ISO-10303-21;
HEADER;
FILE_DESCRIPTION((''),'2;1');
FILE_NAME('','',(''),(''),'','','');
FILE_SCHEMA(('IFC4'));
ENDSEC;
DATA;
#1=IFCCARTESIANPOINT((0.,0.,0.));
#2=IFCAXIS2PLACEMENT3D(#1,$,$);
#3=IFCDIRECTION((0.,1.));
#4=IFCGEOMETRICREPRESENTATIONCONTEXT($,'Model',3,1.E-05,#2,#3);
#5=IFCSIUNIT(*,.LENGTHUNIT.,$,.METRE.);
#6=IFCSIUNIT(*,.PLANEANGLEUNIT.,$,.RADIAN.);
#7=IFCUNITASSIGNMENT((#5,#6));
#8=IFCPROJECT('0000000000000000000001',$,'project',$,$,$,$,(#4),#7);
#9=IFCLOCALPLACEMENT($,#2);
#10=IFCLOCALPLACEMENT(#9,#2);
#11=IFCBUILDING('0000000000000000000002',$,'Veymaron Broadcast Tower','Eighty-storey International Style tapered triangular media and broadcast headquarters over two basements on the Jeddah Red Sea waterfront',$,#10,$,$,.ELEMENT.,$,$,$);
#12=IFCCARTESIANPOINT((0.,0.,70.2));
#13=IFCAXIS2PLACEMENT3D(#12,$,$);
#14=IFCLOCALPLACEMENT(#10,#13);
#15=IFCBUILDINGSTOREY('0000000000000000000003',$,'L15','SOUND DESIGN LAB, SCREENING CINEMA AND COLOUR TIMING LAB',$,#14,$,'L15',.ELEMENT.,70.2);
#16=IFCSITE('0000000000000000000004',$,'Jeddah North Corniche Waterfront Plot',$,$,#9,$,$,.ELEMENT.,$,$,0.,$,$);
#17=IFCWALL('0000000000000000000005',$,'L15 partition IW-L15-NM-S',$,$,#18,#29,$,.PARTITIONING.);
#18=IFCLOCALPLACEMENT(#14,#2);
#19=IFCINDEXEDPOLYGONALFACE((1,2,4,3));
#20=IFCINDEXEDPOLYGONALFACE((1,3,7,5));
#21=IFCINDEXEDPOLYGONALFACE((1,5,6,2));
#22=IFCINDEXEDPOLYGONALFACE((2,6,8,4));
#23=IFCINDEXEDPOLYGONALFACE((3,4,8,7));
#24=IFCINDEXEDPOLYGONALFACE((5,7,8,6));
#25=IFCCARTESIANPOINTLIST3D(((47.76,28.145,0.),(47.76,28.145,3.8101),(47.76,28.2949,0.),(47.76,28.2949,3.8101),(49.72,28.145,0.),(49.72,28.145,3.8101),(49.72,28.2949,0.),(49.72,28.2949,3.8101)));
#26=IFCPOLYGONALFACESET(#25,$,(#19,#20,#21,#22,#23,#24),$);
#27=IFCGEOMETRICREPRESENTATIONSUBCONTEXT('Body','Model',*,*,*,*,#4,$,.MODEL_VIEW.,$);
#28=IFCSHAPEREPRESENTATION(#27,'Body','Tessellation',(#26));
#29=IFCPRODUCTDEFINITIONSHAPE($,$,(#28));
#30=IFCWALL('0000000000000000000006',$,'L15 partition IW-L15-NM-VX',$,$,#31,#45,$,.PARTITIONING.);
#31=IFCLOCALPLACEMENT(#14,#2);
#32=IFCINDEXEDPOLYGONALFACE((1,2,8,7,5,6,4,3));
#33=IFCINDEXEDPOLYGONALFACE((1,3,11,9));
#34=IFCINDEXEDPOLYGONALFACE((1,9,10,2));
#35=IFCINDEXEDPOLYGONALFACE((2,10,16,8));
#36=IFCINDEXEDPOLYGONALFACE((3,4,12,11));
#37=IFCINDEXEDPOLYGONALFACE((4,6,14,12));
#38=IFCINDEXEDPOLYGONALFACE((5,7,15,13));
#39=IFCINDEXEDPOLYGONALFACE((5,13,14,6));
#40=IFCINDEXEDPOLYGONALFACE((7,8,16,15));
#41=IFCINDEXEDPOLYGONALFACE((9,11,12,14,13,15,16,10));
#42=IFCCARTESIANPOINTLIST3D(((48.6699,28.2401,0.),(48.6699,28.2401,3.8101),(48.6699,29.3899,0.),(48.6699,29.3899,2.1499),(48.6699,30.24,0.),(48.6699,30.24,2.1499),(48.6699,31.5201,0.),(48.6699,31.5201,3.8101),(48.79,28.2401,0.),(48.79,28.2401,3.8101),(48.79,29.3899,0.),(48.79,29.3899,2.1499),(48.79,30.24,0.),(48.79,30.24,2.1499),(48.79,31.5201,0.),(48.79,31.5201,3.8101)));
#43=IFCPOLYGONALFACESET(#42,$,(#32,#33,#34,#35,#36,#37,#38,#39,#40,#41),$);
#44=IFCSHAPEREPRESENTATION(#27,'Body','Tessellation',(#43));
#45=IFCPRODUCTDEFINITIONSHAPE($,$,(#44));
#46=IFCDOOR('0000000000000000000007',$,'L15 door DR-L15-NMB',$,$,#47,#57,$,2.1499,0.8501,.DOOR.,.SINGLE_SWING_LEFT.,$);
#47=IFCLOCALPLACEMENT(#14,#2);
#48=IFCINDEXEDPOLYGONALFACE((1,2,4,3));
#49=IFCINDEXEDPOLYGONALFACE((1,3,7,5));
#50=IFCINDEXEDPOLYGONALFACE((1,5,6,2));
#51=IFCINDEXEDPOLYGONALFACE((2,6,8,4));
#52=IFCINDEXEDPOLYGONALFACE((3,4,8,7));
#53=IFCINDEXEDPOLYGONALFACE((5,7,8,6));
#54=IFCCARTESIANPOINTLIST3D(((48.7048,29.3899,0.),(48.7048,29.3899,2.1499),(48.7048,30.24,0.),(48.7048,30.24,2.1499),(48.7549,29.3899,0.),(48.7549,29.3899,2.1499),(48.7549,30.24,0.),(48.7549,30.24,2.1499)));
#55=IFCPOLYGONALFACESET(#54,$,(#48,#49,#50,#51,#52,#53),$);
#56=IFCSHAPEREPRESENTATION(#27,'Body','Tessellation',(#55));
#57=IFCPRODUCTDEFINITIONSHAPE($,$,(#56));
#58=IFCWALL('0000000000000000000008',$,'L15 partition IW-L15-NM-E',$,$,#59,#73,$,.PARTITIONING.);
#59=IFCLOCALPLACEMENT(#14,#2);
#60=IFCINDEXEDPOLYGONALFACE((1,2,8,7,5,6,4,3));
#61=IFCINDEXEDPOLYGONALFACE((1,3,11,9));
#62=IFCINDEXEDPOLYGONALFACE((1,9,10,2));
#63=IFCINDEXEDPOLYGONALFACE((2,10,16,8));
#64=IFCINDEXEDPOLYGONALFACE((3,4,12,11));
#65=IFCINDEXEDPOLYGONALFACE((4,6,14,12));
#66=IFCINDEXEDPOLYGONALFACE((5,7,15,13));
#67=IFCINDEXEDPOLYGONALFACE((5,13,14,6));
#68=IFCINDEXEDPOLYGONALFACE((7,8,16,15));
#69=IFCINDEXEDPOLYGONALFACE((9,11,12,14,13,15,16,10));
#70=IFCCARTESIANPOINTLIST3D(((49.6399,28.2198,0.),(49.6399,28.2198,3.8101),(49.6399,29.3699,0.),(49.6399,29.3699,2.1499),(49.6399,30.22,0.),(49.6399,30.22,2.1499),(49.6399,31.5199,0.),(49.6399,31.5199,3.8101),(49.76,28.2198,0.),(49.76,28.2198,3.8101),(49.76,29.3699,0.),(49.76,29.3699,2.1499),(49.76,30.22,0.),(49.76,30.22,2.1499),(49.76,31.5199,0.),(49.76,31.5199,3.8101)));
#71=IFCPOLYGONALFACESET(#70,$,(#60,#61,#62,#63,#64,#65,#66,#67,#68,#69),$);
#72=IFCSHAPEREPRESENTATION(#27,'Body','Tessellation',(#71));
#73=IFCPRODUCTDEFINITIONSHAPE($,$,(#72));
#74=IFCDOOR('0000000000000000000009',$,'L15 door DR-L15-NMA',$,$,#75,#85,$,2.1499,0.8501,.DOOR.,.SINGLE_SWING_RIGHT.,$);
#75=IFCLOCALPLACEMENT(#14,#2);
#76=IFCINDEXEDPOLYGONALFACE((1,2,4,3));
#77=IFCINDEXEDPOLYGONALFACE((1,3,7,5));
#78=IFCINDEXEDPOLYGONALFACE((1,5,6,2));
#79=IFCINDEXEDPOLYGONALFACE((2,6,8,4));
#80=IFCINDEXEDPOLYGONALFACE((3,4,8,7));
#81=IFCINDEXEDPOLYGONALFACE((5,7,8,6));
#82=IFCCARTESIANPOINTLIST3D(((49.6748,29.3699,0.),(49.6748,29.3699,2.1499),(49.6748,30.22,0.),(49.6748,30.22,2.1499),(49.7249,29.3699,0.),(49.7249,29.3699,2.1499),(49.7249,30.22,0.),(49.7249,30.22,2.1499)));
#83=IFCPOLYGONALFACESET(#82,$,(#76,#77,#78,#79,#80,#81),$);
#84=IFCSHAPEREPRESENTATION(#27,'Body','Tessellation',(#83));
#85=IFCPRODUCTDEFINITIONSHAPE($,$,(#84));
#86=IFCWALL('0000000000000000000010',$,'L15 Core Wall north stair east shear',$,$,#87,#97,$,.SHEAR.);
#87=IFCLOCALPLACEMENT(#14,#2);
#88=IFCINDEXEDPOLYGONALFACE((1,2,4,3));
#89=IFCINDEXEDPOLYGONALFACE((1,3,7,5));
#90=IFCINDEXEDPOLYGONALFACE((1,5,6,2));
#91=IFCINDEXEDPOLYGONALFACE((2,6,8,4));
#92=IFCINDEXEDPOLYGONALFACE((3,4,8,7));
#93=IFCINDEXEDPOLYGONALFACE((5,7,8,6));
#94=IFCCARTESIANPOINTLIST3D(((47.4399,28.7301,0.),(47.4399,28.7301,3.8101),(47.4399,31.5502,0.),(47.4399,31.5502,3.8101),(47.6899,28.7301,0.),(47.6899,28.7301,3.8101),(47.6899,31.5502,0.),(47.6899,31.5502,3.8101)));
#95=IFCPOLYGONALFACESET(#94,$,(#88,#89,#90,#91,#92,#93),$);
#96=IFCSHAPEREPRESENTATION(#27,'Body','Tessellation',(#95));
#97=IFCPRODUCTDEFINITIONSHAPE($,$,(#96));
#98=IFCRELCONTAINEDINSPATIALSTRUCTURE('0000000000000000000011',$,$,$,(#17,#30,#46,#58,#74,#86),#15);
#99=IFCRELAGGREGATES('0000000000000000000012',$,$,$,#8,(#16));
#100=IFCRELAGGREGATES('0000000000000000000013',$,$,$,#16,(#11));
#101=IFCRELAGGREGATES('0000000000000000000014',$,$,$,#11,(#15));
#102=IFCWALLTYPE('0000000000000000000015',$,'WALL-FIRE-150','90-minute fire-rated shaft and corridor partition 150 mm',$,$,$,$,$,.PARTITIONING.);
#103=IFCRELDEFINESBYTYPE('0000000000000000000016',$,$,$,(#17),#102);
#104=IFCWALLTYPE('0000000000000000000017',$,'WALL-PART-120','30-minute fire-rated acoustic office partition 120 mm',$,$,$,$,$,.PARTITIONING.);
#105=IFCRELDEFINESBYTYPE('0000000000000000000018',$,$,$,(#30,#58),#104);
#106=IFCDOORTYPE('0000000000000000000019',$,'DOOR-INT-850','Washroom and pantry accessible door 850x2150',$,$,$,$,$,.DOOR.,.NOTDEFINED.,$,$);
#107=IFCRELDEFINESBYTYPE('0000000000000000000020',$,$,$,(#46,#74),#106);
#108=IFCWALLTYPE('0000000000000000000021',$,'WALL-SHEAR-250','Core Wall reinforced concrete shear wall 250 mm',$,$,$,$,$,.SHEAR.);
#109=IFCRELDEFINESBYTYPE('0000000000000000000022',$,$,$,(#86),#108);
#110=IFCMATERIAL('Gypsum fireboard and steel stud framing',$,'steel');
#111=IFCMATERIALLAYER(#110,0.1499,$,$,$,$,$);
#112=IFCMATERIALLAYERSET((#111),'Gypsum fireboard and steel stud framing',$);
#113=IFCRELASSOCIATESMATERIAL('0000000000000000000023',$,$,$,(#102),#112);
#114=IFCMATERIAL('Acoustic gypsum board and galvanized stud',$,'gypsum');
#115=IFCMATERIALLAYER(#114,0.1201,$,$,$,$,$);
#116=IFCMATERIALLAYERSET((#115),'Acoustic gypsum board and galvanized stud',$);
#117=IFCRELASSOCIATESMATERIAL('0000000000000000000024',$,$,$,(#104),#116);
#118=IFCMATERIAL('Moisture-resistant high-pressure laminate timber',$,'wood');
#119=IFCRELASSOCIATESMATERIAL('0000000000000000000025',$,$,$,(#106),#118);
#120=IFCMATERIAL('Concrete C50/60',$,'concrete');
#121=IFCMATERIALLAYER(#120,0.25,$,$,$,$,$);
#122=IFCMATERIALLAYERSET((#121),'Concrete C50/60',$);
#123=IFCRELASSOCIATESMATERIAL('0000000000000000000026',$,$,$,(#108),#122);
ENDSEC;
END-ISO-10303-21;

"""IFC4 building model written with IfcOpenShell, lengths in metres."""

from ifc_helpers import new_model, si_unit, direction, frame, frame_2d, origin, place, context, subcontext, project, spatial, rectangle, extrude, material, layer, layer_set, type_object, element, fill, save


model = new_model("IFC4")

# Units and contexts
model_context = context("Model", 3, precision=1e-05, world=origin(), true_north=direction((0.0, 1.0)))
body_context = subcontext(model_context, "Body", "Model", "MODEL_VIEW")
ifc_project = project(units=[si_unit("LENGTHUNIT", "METRE"), si_unit("PLANEANGLEUNIT", "RADIAN")], contexts=[model_context])

# Site, building, storey
site_placement = place(None, origin())
site = spatial("IfcSite", under=ifc_project, at=site_placement, Name="Jeddah North Corniche Waterfront Plot", CompositionType="ELEMENT", RefElevation=0.0)
building_placement = place(site_placement, origin())
building = spatial("IfcBuilding", under=site, at=building_placement, Name="Veymaron Broadcast Tower", Description="Eighty-storey International Style tapered triangular media and broadcast headquarters over two basements on the Jeddah Red Sea waterfront", CompositionType="ELEMENT")
storey_placement = place(building_placement, frame((0.0, 0.0, 70.2)))
storey = spatial("IfcBuildingStorey", under=building, at=storey_placement, Name="L15", Description="SOUND DESIGN LAB, SCREENING CINEMA AND COLOUR TIMING LAB", LongName="L15", CompositionType="ELEMENT", Elevation=70.2)

# Shared definitions
ifc_material_1 = material(Name="Gypsum fireboard and steel stud framing", Category="steel")
ifc_layer_1 = layer(ifc_material_1, 0.1499)
ifc_layer_set_1 = layer_set([ifc_layer_1], Name="Gypsum fireboard and steel stud framing")
wall_type_1 = type_object("IfcWallType", Name="WALL-FIRE-150", Description="90-minute fire-rated shaft and corridor partition 150 mm", PredefinedType="PARTITIONING", material=ifc_layer_set_1)

# Wall
wall_1_placement = place(storey_placement, frame((47.76, 28.22, 0.0), z_axis=(0.0, 0.0, 1.0), x_axis=(1.0, 0.0, 0.0)))
element("IfcWall", 1, at=wall_1_placement, inside=storey, type_object=wall_type_1, Name="L15 partition IW-L15-NM-S", PredefinedType="PARTITIONING", context=body_context, shape_type="SweptSolid", body=[
    extrude(rectangle(XDim=1.96, YDim=0.1499, at=frame_2d((0.98, 0.0))), origin(), (0.0, 0.0, 1.0), 3.8101),
])

# Walls, openings, doors
ifc_material_2 = material(Name="Acoustic gypsum board and galvanized stud", Category="gypsum")
ifc_layer_2 = layer(ifc_material_2, 0.1201)
ifc_layer_set_2 = layer_set([ifc_layer_2], Name="Acoustic gypsum board and galvanized stud")
wall_type_2 = type_object("IfcWallType", Name="WALL-PART-120", Description="30-minute fire-rated acoustic office partition 120 mm", PredefinedType="PARTITIONING", material=ifc_layer_set_2)
wall_2_placement = place(storey_placement, frame((48.73, 28.24, 0.0), z_axis=(0.0, 0.0, 1.0), x_axis=(0.0, 1.0, 0.0)))
wall_2 = element("IfcWall", 2, at=wall_2_placement, inside=storey, type_object=wall_type_2, Name="L15 partition IW-L15-NM-VX", PredefinedType="PARTITIONING", context=body_context, shape_type="SweptSolid", body=[
    extrude(rectangle(XDim=3.28, YDim=0.1201, at=frame_2d((1.6401, 0.0))), origin(), (0.0, 0.0, 1.0), 3.8101),
])
opening_1_placement = place(wall_2_placement, frame((1.1499, 0.0, 0.0)))
opening_1 = element("IfcOpeningElement", 3, at=opening_1_placement, cuts=wall_2, PredefinedType="OPENING", context=body_context, shape_type="SweptSolid", body=[
    extrude(rectangle(XDim=0.8501, YDim=2.1499, at=frame_2d((0.425, 1.075))), frame((0.0, 0.0701, 0.0), z_axis=(0.0, -1.0, 0.0), x_axis=(1.0, 0.0, 0.0)), (0.0, 0.0, 1.0), 0.1401),
])
ifc_material_3 = material(Name="Moisture-resistant high-pressure laminate timber", Category="wood")
door_type_1 = type_object("IfcDoorType", Name="DOOR-INT-850", Description="Washroom and pantry accessible door 850x2150", OperationType="NOTDEFINED", PredefinedType="DOOR", material=ifc_material_3)
door_1_placement = place(opening_1_placement, frame((0.8501, 0.0, 0.0), z_axis=(0.0, 0.0, 1.0), x_axis=(-1.0, 0.0, 0.0)))
door_1 = element("IfcDoor", 4, at=door_1_placement, inside=storey, type_object=door_type_1, Name="L15 door DR-L15-NMB", OperationType="SINGLE_SWING_LEFT", OverallHeight=2.1499, OverallWidth=0.8501, PredefinedType="DOOR", context=body_context, shape_type="SweptSolid", body=[
    extrude(rectangle(XDim=0.8501, YDim=2.1499, at=frame_2d((0.425, 1.075))), frame((0.0, 0.0249, 0.0), z_axis=(0.0, -1.0, 0.0), x_axis=(1.0, 0.0, 0.0)), (0.0, 0.0, 1.0), 0.05),
])
fill(opening_1, door_1)
wall_3_placement = place(storey_placement, frame((49.7, 28.22, 0.0), z_axis=(0.0, 0.0, 1.0), x_axis=(0.0, 1.0, 0.0)))
wall_3 = element("IfcWall", 5, at=wall_3_placement, inside=storey, type_object=wall_type_2, Name="L15 partition IW-L15-NM-E", PredefinedType="PARTITIONING", context=body_context, shape_type="SweptSolid", body=[
    extrude(rectangle(XDim=3.3, YDim=0.1201, at=frame_2d((1.6499, 0.0))), origin(), (0.0, 0.0, 1.0), 3.8101),
])
opening_2_placement = place(wall_3_placement, frame((1.1499, 0.0, 0.0)))
opening_2 = element("IfcOpeningElement", 6, at=opening_2_placement, cuts=wall_3, PredefinedType="OPENING", context=body_context, shape_type="SweptSolid", body=[
    extrude(rectangle(XDim=0.8501, YDim=2.1499, at=frame_2d((0.425, 1.075))), frame((0.0, 0.0701, 0.0), z_axis=(0.0, -1.0, 0.0), x_axis=(1.0, 0.0, 0.0)), (0.0, 0.0, 1.0), 0.1401),
])
door_2_placement = place(opening_2_placement, frame((0.8501, 0.0, 0.0), z_axis=(0.0, 0.0, 1.0), x_axis=(-1.0, 0.0, 0.0)))
door_2 = element("IfcDoor", 7, at=door_2_placement, inside=storey, type_object=door_type_1, Name="L15 door DR-L15-NMA", OperationType="SINGLE_SWING_RIGHT", OverallHeight=2.1499, OverallWidth=0.8501, PredefinedType="DOOR", context=body_context, shape_type="SweptSolid", body=[
    extrude(rectangle(XDim=0.8501, YDim=2.1499, at=frame_2d((0.425, 1.075))), frame((0.0, 0.0249, 0.0), z_axis=(0.0, -1.0, 0.0), x_axis=(1.0, 0.0, 0.0)), (0.0, 0.0, 1.0), 0.05),
])
fill(opening_2, door_2)

# Wall
ifc_material_4 = material(Name="Concrete C50/60", Category="concrete")
ifc_layer_3 = layer(ifc_material_4, 0.25)
ifc_layer_set_3 = layer_set([ifc_layer_3], Name="Concrete C50/60")
wall_type_3 = type_object("IfcWallType", Name="WALL-SHEAR-250", Description="Core Wall reinforced concrete shear wall 250 mm", PredefinedType="SHEAR", material=ifc_layer_set_3)
wall_4_placement = place(storey_placement, frame((47.5649, 28.73, 0.0), z_axis=(0.0, 0.0, 1.0), x_axis=(0.0, 1.0, 0.0)))
element("IfcWall", 8, at=wall_4_placement, inside=storey, type_object=wall_type_3, Name="L15 Core Wall north stair east shear", PredefinedType="SHEAR", context=body_context, shape_type="SweptSolid", body=[
    extrude(rectangle(XDim=2.8201, YDim=0.25, at=frame_2d((1.4102, 0.0))), origin(), (0.0, 0.0, 1.0), 3.8101),
])

save(model, "model.ifc")
